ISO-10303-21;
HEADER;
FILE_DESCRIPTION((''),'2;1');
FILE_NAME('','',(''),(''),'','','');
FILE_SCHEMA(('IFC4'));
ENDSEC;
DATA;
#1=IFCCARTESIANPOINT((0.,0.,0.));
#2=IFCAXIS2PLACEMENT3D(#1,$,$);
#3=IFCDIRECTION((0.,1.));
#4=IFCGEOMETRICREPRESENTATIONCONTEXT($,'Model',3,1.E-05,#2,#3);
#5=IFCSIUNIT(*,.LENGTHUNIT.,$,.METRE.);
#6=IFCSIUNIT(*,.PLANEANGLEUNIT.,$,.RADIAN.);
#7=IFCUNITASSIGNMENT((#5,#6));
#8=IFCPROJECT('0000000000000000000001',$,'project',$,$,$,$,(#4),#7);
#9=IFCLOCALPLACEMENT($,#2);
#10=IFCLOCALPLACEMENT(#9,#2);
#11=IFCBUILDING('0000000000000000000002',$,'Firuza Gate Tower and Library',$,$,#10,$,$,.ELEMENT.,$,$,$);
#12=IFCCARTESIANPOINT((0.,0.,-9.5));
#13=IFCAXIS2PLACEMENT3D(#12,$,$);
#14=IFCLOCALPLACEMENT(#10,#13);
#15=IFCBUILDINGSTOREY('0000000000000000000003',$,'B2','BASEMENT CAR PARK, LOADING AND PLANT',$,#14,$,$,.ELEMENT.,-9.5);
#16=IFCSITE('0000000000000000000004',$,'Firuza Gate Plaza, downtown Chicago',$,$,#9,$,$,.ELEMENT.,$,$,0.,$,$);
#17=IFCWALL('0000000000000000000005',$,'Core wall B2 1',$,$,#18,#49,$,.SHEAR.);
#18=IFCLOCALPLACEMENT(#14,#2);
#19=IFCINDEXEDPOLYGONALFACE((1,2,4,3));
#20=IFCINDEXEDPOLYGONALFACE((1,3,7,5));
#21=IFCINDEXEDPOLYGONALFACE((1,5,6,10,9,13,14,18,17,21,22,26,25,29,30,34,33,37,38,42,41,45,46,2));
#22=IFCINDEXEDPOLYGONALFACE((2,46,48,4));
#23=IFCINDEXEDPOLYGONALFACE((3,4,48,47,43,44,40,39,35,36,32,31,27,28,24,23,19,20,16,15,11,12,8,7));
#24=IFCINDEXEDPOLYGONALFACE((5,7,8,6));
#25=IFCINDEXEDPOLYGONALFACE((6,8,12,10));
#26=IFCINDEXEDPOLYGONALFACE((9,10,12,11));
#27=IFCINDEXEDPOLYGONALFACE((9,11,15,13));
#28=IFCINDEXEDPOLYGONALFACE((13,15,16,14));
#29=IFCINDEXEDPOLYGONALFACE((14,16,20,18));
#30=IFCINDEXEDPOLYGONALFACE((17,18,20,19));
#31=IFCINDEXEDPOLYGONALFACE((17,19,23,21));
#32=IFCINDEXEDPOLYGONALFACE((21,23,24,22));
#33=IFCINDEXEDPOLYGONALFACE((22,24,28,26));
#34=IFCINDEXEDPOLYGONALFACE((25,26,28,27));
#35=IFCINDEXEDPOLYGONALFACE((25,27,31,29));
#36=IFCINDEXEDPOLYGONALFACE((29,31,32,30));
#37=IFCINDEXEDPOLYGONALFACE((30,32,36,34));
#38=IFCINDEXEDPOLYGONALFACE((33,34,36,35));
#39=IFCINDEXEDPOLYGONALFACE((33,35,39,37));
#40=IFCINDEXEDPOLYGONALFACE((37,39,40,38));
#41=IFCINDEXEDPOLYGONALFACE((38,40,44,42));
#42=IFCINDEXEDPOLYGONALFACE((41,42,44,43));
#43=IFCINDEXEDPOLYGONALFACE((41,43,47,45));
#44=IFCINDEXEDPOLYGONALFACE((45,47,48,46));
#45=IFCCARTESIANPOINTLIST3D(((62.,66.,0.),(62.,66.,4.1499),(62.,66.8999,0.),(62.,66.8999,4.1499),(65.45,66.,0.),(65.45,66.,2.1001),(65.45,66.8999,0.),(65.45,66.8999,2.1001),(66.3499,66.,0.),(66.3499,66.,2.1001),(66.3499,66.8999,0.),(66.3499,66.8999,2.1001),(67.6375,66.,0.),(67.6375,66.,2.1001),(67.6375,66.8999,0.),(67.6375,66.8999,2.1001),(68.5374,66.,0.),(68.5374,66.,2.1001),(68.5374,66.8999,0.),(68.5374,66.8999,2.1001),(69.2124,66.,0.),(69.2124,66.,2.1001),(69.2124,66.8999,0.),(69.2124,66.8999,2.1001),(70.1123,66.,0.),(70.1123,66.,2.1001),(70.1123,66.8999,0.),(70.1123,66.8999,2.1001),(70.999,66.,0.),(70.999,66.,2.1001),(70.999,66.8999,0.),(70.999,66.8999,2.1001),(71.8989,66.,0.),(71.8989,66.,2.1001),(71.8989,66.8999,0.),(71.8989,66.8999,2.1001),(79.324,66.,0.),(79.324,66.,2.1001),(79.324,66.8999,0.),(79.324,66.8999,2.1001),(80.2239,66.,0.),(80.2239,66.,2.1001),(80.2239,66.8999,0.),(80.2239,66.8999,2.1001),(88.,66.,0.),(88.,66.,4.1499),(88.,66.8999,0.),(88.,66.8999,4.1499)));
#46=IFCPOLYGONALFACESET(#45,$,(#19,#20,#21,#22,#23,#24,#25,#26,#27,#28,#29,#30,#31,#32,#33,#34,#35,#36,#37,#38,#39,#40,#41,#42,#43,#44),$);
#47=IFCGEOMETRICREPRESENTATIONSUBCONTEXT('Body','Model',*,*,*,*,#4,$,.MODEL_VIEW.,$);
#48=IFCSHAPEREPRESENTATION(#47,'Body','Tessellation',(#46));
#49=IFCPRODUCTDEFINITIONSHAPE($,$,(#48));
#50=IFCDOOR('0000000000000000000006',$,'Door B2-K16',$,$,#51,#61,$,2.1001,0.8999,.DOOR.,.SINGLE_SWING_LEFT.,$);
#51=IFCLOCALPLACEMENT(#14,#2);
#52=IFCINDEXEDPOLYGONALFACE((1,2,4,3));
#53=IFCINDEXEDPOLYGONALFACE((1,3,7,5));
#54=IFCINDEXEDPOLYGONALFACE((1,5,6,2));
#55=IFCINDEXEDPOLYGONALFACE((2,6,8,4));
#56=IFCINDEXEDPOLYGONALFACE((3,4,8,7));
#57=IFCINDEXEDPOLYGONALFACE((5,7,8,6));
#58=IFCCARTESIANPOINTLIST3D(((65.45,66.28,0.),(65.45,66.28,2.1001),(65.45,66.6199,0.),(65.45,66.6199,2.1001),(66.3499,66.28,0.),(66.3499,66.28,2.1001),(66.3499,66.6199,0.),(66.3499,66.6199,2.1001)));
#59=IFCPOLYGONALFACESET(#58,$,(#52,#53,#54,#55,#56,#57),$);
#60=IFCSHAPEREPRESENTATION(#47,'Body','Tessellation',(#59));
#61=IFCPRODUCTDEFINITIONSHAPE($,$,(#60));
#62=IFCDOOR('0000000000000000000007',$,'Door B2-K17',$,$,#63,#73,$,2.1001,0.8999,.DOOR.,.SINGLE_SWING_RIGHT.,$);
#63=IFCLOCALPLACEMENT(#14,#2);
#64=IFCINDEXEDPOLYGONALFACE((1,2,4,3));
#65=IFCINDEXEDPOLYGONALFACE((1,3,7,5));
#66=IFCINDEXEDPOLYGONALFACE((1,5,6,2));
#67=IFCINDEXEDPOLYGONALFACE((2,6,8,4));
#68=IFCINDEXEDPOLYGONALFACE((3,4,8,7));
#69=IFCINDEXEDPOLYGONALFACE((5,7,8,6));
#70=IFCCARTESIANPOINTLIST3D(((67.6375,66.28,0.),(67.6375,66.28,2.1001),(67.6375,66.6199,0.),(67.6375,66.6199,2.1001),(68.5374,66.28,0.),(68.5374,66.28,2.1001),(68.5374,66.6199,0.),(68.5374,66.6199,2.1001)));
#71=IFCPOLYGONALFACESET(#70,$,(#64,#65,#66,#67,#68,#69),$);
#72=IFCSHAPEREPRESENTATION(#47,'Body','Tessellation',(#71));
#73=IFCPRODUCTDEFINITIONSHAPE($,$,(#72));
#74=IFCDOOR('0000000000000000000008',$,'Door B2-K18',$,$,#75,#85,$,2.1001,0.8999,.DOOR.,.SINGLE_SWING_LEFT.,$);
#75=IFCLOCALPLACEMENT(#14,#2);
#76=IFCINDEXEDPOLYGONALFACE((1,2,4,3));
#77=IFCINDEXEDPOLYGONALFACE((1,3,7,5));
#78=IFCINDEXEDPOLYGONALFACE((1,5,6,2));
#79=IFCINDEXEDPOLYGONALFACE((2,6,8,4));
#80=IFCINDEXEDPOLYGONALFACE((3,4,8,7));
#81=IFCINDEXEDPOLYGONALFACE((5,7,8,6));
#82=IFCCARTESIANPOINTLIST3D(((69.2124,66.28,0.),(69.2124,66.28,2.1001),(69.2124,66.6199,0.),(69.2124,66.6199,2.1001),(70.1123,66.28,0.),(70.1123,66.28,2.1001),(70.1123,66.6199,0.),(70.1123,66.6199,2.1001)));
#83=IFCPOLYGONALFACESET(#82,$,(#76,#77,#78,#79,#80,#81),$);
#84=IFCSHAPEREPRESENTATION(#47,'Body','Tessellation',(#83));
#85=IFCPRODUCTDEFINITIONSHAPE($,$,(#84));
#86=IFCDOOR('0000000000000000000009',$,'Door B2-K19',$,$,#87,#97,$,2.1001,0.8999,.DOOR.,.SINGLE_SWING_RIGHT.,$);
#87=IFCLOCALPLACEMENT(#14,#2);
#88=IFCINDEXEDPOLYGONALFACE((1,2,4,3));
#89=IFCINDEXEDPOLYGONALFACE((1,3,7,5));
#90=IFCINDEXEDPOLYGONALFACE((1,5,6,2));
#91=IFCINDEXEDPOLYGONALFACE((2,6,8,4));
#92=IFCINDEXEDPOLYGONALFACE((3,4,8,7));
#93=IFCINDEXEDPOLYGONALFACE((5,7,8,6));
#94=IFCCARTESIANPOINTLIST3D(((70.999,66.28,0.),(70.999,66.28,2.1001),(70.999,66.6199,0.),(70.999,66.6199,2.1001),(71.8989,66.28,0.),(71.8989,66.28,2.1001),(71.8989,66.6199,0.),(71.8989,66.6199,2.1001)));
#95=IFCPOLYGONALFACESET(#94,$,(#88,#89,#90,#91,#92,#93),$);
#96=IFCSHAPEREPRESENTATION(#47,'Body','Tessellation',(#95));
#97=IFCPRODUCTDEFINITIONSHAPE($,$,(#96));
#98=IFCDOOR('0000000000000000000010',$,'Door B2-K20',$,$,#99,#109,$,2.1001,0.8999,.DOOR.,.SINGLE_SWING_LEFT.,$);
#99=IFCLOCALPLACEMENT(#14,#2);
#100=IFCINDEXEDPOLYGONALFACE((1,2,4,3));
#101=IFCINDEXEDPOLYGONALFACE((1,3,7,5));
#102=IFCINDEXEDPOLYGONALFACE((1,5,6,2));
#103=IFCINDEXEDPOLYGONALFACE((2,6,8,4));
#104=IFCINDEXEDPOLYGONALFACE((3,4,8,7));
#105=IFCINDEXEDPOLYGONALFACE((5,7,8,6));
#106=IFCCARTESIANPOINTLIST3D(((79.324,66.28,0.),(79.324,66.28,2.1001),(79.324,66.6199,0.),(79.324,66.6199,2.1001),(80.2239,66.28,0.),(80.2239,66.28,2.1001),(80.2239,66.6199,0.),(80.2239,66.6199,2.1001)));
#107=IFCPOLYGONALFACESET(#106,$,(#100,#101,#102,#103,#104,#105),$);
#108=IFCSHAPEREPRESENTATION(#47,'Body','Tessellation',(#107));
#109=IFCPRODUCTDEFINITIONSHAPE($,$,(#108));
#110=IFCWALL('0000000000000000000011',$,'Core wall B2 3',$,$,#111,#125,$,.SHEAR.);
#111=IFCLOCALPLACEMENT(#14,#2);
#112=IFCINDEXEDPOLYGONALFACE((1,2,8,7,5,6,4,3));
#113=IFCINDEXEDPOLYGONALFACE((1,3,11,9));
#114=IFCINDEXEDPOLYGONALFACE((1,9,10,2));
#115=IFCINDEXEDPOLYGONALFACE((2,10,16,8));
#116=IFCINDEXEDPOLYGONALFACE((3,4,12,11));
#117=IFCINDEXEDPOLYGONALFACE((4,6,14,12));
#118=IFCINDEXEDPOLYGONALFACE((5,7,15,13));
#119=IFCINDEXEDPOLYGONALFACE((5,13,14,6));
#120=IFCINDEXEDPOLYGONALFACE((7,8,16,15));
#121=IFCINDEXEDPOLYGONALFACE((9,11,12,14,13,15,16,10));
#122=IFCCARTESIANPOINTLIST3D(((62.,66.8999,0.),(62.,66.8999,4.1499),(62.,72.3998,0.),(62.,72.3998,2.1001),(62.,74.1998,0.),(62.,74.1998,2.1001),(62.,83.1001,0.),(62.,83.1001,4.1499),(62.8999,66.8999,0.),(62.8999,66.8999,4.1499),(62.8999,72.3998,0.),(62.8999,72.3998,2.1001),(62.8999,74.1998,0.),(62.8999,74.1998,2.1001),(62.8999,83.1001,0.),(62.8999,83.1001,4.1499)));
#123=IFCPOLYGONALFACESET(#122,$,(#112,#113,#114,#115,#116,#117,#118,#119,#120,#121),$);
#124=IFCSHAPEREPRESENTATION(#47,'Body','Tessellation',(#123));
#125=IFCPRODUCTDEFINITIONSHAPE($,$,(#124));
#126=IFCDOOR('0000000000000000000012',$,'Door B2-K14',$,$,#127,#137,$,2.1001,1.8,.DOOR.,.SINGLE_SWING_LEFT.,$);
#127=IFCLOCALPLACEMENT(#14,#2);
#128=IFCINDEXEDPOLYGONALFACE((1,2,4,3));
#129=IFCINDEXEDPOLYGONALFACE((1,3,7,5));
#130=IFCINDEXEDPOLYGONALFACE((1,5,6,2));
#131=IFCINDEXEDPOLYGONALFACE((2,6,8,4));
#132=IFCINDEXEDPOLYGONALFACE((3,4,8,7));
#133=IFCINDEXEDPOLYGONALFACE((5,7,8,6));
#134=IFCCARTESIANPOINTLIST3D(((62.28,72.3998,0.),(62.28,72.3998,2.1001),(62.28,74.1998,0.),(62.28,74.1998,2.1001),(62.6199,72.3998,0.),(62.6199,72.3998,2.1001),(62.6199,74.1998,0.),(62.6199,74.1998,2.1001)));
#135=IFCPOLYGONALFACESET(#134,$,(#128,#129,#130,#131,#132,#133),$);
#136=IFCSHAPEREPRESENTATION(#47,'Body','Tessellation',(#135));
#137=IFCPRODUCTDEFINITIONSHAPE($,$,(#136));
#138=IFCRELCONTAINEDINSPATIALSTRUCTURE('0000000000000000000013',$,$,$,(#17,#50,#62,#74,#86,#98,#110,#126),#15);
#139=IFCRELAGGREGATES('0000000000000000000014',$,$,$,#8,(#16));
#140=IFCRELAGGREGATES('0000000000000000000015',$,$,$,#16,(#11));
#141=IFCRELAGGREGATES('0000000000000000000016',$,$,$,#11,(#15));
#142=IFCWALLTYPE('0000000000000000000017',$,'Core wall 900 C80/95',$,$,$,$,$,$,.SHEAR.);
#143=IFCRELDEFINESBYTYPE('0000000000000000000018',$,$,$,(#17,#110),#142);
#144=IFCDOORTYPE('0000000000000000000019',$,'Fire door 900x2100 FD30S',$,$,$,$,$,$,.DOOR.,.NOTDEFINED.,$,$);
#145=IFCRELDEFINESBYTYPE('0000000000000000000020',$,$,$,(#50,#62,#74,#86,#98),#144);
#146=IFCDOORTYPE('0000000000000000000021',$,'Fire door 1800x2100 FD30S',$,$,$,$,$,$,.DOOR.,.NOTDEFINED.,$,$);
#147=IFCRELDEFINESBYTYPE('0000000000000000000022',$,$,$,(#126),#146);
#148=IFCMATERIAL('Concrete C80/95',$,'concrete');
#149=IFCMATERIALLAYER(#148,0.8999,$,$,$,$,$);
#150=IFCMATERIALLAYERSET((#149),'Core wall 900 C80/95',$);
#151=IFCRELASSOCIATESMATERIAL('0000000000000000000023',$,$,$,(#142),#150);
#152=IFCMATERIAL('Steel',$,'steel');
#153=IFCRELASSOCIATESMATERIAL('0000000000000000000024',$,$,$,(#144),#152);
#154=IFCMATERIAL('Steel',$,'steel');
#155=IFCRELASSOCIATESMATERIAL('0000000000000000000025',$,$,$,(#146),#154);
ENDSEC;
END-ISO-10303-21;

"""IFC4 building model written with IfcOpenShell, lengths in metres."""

from ifc_helpers import new_model, si_unit, direction, frame, frame_2d, origin, place, context, subcontext, project, spatial, rectangle, extrude, material, layer, layer_set, type_object, element, fill, save


model = new_model("IFC4")

# Units and contexts
model_context = context("Model", 3, precision=1e-05, world=origin(), true_north=direction((0.0, 1.0)))
body_context = subcontext(model_context, "Body", "Model", "MODEL_VIEW")
ifc_project = project(units=[si_unit("LENGTHUNIT", "METRE"), si_unit("PLANEANGLEUNIT", "RADIAN")], contexts=[model_context])

# Site, building, storey
site_placement = place(None, origin())
site = spatial("IfcSite", under=ifc_project, at=site_placement, Name="Firuza Gate Plaza, downtown Chicago", CompositionType="ELEMENT", RefElevation=0.0)
building_placement = place(site_placement, origin())
building = spatial("IfcBuilding", under=site, at=building_placement, Name="Firuza Gate Tower and Library", CompositionType="ELEMENT")
storey_placement = place(building_placement, frame((0.0, 0.0, -9.5)))
storey = spatial("IfcBuildingStorey", under=building, at=storey_placement, Name="B2", Description="BASEMENT CAR PARK, LOADING AND PLANT", CompositionType="ELEMENT", Elevation=-9.5)

# Wall, openings, doors
ifc_material_1 = material(Name="Concrete C80/95", Category="concrete")
ifc_layer_1 = layer(ifc_material_1, 0.8999)
ifc_layer_set_1 = layer_set([ifc_layer_1], Name="Core wall 900 C80/95")
wall_type_1 = type_object("IfcWallType", Name="Core wall 900 C80/95", PredefinedType="SHEAR", material=ifc_layer_set_1)
wall_1_placement = place(storey_placement, frame((62.0, 66.45, 0.0), z_axis=(0.0, 0.0, 1.0), x_axis=(1.0, 0.0, 0.0)))
wall_1 = element("IfcWall", 1, at=wall_1_placement, inside=storey, type_object=wall_type_1, Name="Core wall B2 1", PredefinedType="SHEAR", context=body_context, shape_type="SweptSolid", body=[
    extrude(rectangle(XDim=26.0, YDim=0.8999, at=frame_2d((13.0, 0.0))), origin(), (0.0, 0.0, 1.0), 4.1499),
])
opening_1_placement = place(wall_1_placement, frame((3.45, 0.0, 0.0)))
opening_1 = element("IfcOpeningElement", 2, at=opening_1_placement, cuts=wall_1, PredefinedType="OPENING", context=body_context, shape_type="SweptSolid", body=[
    extrude(rectangle(XDim=0.8999, YDim=2.1001, at=frame_2d((0.45, 1.05))), frame((0.0, 0.46, 0.0), z_axis=(0.0, -1.0, 0.0), x_axis=(1.0, 0.0, 0.0)), (0.0, 0.0, 1.0), 0.9199),
])
opening_2_placement = place(wall_1_placement, frame((5.6375, 0.0, 0.0)))
opening_2 = element("IfcOpeningElement", 3, at=opening_2_placement, cuts=wall_1, PredefinedType="OPENING", context=body_context, shape_type="SweptSolid", body=[
    extrude(rectangle(XDim=0.8999, YDim=2.1001, at=frame_2d((0.45, 1.05))), frame((0.0, 0.46, 0.0), z_axis=(0.0, -1.0, 0.0), x_axis=(1.0, 0.0, 0.0)), (0.0, 0.0, 1.0), 0.9199),
])
opening_3_placement = place(wall_1_placement, frame((7.2124, 0.0, 0.0)))
opening_3 = element("IfcOpeningElement", 4, at=opening_3_placement, cuts=wall_1, PredefinedType="OPENING", context=body_context, shape_type="SweptSolid", body=[
    extrude(rectangle(XDim=0.8999, YDim=2.1001, at=frame_2d((0.45, 1.05))), frame((0.0, 0.46, 0.0), z_axis=(0.0, -1.0, 0.0), x_axis=(1.0, 0.0, 0.0)), (0.0, 0.0, 1.0), 0.9199),
])
opening_4_placement = place(wall_1_placement, frame((8.999, 0.0, 0.0)))
opening_4 = element("IfcOpeningElement", 5, at=opening_4_placement, cuts=wall_1, PredefinedType="OPENING", context=body_context, shape_type="SweptSolid", body=[
    extrude(rectangle(XDim=0.8999, YDim=2.1001, at=frame_2d((0.45, 1.05))), frame((0.0, 0.46, 0.0), z_axis=(0.0, -1.0, 0.0), x_axis=(1.0, 0.0, 0.0)), (0.0, 0.0, 1.0), 0.9199),
])
opening_5_placement = place(wall_1_placement, frame((17.324, 0.0, 0.0)))
opening_5 = element("IfcOpeningElement", 6, at=opening_5_placement, cuts=wall_1, PredefinedType="OPENING", context=body_context, shape_type="SweptSolid", body=[
    extrude(rectangle(XDim=0.8999, YDim=2.1001, at=frame_2d((0.45, 1.05))), frame((0.0, 0.46, 0.0), z_axis=(0.0, -1.0, 0.0), x_axis=(1.0, 0.0, 0.0)), (0.0, 0.0, 1.0), 0.9199),
])
ifc_material_2 = material(Name="Steel", Category="steel")
door_type_1 = type_object("IfcDoorType", Name="Fire door 900x2100 FD30S", OperationType="NOTDEFINED", PredefinedType="DOOR", material=ifc_material_2)
door_1_placement = place(opening_1_placement, origin())
door_1 = element("IfcDoor", 7, at=door_1_placement, inside=storey, type_object=door_type_1, Name="Door B2-K16", OperationType="SINGLE_SWING_LEFT", OverallHeight=2.1001, OverallWidth=0.8999, PredefinedType="DOOR", context=body_context, shape_type="SweptSolid", body=[
    extrude(rectangle(XDim=0.8999, YDim=2.1001, at=frame_2d((0.45, 1.05))), frame((0.0, 0.1699, 0.0), z_axis=(0.0, -1.0, 0.0), x_axis=(1.0, 0.0, 0.0)), (0.0, 0.0, 1.0), 0.3398),
])
fill(opening_1, door_1)
door_2_placement = place(opening_2_placement, origin())
door_2 = element("IfcDoor", 8, at=door_2_placement, inside=storey, type_object=door_type_1, Name="Door B2-K17", OperationType="SINGLE_SWING_RIGHT", OverallHeight=2.1001, OverallWidth=0.8999, PredefinedType="DOOR", context=body_context, shape_type="SweptSolid", body=[
    extrude(rectangle(XDim=0.8999, YDim=2.1001, at=frame_2d((0.45, 1.05))), frame((0.0, 0.1699, 0.0), z_axis=(0.0, -1.0, 0.0), x_axis=(1.0, 0.0, 0.0)), (0.0, 0.0, 1.0), 0.3398),
])
fill(opening_2, door_2)
door_3_placement = place(opening_3_placement, origin())
door_3 = element("IfcDoor", 9, at=door_3_placement, inside=storey, type_object=door_type_1, Name="Door B2-K18", OperationType="SINGLE_SWING_LEFT", OverallHeight=2.1001, OverallWidth=0.8999, PredefinedType="DOOR", context=body_context, shape_type="SweptSolid", body=[
    extrude(rectangle(XDim=0.8999, YDim=2.1001, at=frame_2d((0.45, 1.05))), frame((0.0, 0.1699, 0.0), z_axis=(0.0, -1.0, 0.0), x_axis=(1.0, 0.0, 0.0)), (0.0, 0.0, 1.0), 0.3398),
])
fill(opening_3, door_3)
door_4_placement = place(opening_4_placement, origin())
door_4 = element("IfcDoor", 10, at=door_4_placement, inside=storey, type_object=door_type_1, Name="Door B2-K19", OperationType="SINGLE_SWING_RIGHT", OverallHeight=2.1001, OverallWidth=0.8999, PredefinedType="DOOR", context=body_context, shape_type="SweptSolid", body=[
    extrude(rectangle(XDim=0.8999, YDim=2.1001, at=frame_2d((0.45, 1.05))), frame((0.0, 0.1699, 0.0), z_axis=(0.0, -1.0, 0.0), x_axis=(1.0, 0.0, 0.0)), (0.0, 0.0, 1.0), 0.3398),
])
fill(opening_4, door_4)
door_5_placement = place(opening_5_placement, origin())
door_5 = element("IfcDoor", 11, at=door_5_placement, inside=storey, type_object=door_type_1, Name="Door B2-K20", OperationType="SINGLE_SWING_LEFT", OverallHeight=2.1001, OverallWidth=0.8999, PredefinedType="DOOR", context=body_context, shape_type="SweptSolid", body=[
    extrude(rectangle(XDim=0.8999, YDim=2.1001, at=frame_2d((0.45, 1.05))), frame((0.0, 0.1699, 0.0), z_axis=(0.0, -1.0, 0.0), x_axis=(1.0, 0.0, 0.0)), (0.0, 0.0, 1.0), 0.3398),
])
fill(opening_5, door_5)

# Wall, opening, door
wall_2_placement = place(storey_placement, frame((62.45, 66.8999, 0.0), z_axis=(0.0, 0.0, 1.0), x_axis=(0.0, 1.0, 0.0)))
wall_2 = element("IfcWall", 12, at=wall_2_placement, inside=storey, type_object=wall_type_1, Name="Core wall B2 3", PredefinedType="SHEAR", context=body_context, shape_type="SweptSolid", body=[
    extrude(rectangle(XDim=16.2002, YDim=0.8999, at=frame_2d((8.1001, 0.0))), origin(), (0.0, 0.0, 1.0), 4.1499),
])
opening_6_placement = place(wall_2_placement, frame((5.5, 0.0, 0.0)))
opening_6 = element("IfcOpeningElement", 13, at=opening_6_placement, cuts=wall_2, PredefinedType="OPENING", context=body_context, shape_type="SweptSolid", body=[
    extrude(rectangle(XDim=1.8, YDim=2.1001, at=frame_2d((0.8999, 1.05))), frame((0.0, 0.46, 0.0), z_axis=(0.0, -1.0, 0.0), x_axis=(1.0, 0.0, 0.0)), (0.0, 0.0, 1.0), 0.9199),
])
ifc_material_3 = material(Name="Steel", Category="steel")
door_type_2 = type_object("IfcDoorType", Name="Fire door 1800x2100 FD30S", OperationType="NOTDEFINED", PredefinedType="DOOR", material=ifc_material_3)
door_6_placement = place(opening_6_placement, origin())
door_6 = element("IfcDoor", 14, at=door_6_placement, inside=storey, type_object=door_type_2, Name="Door B2-K14", OperationType="SINGLE_SWING_LEFT", OverallHeight=2.1001, OverallWidth=1.8, PredefinedType="DOOR", context=body_context, shape_type="SweptSolid", body=[
    extrude(rectangle(XDim=1.8, YDim=2.1001, at=frame_2d((0.8999, 1.05))), frame((0.0, 0.1699, 0.0), z_axis=(0.0, -1.0, 0.0), x_axis=(1.0, 0.0, 0.0)), (0.0, 0.0, 1.0), 0.3398),
])
fill(opening_6, door_6)

save(model, "model.ifc")
